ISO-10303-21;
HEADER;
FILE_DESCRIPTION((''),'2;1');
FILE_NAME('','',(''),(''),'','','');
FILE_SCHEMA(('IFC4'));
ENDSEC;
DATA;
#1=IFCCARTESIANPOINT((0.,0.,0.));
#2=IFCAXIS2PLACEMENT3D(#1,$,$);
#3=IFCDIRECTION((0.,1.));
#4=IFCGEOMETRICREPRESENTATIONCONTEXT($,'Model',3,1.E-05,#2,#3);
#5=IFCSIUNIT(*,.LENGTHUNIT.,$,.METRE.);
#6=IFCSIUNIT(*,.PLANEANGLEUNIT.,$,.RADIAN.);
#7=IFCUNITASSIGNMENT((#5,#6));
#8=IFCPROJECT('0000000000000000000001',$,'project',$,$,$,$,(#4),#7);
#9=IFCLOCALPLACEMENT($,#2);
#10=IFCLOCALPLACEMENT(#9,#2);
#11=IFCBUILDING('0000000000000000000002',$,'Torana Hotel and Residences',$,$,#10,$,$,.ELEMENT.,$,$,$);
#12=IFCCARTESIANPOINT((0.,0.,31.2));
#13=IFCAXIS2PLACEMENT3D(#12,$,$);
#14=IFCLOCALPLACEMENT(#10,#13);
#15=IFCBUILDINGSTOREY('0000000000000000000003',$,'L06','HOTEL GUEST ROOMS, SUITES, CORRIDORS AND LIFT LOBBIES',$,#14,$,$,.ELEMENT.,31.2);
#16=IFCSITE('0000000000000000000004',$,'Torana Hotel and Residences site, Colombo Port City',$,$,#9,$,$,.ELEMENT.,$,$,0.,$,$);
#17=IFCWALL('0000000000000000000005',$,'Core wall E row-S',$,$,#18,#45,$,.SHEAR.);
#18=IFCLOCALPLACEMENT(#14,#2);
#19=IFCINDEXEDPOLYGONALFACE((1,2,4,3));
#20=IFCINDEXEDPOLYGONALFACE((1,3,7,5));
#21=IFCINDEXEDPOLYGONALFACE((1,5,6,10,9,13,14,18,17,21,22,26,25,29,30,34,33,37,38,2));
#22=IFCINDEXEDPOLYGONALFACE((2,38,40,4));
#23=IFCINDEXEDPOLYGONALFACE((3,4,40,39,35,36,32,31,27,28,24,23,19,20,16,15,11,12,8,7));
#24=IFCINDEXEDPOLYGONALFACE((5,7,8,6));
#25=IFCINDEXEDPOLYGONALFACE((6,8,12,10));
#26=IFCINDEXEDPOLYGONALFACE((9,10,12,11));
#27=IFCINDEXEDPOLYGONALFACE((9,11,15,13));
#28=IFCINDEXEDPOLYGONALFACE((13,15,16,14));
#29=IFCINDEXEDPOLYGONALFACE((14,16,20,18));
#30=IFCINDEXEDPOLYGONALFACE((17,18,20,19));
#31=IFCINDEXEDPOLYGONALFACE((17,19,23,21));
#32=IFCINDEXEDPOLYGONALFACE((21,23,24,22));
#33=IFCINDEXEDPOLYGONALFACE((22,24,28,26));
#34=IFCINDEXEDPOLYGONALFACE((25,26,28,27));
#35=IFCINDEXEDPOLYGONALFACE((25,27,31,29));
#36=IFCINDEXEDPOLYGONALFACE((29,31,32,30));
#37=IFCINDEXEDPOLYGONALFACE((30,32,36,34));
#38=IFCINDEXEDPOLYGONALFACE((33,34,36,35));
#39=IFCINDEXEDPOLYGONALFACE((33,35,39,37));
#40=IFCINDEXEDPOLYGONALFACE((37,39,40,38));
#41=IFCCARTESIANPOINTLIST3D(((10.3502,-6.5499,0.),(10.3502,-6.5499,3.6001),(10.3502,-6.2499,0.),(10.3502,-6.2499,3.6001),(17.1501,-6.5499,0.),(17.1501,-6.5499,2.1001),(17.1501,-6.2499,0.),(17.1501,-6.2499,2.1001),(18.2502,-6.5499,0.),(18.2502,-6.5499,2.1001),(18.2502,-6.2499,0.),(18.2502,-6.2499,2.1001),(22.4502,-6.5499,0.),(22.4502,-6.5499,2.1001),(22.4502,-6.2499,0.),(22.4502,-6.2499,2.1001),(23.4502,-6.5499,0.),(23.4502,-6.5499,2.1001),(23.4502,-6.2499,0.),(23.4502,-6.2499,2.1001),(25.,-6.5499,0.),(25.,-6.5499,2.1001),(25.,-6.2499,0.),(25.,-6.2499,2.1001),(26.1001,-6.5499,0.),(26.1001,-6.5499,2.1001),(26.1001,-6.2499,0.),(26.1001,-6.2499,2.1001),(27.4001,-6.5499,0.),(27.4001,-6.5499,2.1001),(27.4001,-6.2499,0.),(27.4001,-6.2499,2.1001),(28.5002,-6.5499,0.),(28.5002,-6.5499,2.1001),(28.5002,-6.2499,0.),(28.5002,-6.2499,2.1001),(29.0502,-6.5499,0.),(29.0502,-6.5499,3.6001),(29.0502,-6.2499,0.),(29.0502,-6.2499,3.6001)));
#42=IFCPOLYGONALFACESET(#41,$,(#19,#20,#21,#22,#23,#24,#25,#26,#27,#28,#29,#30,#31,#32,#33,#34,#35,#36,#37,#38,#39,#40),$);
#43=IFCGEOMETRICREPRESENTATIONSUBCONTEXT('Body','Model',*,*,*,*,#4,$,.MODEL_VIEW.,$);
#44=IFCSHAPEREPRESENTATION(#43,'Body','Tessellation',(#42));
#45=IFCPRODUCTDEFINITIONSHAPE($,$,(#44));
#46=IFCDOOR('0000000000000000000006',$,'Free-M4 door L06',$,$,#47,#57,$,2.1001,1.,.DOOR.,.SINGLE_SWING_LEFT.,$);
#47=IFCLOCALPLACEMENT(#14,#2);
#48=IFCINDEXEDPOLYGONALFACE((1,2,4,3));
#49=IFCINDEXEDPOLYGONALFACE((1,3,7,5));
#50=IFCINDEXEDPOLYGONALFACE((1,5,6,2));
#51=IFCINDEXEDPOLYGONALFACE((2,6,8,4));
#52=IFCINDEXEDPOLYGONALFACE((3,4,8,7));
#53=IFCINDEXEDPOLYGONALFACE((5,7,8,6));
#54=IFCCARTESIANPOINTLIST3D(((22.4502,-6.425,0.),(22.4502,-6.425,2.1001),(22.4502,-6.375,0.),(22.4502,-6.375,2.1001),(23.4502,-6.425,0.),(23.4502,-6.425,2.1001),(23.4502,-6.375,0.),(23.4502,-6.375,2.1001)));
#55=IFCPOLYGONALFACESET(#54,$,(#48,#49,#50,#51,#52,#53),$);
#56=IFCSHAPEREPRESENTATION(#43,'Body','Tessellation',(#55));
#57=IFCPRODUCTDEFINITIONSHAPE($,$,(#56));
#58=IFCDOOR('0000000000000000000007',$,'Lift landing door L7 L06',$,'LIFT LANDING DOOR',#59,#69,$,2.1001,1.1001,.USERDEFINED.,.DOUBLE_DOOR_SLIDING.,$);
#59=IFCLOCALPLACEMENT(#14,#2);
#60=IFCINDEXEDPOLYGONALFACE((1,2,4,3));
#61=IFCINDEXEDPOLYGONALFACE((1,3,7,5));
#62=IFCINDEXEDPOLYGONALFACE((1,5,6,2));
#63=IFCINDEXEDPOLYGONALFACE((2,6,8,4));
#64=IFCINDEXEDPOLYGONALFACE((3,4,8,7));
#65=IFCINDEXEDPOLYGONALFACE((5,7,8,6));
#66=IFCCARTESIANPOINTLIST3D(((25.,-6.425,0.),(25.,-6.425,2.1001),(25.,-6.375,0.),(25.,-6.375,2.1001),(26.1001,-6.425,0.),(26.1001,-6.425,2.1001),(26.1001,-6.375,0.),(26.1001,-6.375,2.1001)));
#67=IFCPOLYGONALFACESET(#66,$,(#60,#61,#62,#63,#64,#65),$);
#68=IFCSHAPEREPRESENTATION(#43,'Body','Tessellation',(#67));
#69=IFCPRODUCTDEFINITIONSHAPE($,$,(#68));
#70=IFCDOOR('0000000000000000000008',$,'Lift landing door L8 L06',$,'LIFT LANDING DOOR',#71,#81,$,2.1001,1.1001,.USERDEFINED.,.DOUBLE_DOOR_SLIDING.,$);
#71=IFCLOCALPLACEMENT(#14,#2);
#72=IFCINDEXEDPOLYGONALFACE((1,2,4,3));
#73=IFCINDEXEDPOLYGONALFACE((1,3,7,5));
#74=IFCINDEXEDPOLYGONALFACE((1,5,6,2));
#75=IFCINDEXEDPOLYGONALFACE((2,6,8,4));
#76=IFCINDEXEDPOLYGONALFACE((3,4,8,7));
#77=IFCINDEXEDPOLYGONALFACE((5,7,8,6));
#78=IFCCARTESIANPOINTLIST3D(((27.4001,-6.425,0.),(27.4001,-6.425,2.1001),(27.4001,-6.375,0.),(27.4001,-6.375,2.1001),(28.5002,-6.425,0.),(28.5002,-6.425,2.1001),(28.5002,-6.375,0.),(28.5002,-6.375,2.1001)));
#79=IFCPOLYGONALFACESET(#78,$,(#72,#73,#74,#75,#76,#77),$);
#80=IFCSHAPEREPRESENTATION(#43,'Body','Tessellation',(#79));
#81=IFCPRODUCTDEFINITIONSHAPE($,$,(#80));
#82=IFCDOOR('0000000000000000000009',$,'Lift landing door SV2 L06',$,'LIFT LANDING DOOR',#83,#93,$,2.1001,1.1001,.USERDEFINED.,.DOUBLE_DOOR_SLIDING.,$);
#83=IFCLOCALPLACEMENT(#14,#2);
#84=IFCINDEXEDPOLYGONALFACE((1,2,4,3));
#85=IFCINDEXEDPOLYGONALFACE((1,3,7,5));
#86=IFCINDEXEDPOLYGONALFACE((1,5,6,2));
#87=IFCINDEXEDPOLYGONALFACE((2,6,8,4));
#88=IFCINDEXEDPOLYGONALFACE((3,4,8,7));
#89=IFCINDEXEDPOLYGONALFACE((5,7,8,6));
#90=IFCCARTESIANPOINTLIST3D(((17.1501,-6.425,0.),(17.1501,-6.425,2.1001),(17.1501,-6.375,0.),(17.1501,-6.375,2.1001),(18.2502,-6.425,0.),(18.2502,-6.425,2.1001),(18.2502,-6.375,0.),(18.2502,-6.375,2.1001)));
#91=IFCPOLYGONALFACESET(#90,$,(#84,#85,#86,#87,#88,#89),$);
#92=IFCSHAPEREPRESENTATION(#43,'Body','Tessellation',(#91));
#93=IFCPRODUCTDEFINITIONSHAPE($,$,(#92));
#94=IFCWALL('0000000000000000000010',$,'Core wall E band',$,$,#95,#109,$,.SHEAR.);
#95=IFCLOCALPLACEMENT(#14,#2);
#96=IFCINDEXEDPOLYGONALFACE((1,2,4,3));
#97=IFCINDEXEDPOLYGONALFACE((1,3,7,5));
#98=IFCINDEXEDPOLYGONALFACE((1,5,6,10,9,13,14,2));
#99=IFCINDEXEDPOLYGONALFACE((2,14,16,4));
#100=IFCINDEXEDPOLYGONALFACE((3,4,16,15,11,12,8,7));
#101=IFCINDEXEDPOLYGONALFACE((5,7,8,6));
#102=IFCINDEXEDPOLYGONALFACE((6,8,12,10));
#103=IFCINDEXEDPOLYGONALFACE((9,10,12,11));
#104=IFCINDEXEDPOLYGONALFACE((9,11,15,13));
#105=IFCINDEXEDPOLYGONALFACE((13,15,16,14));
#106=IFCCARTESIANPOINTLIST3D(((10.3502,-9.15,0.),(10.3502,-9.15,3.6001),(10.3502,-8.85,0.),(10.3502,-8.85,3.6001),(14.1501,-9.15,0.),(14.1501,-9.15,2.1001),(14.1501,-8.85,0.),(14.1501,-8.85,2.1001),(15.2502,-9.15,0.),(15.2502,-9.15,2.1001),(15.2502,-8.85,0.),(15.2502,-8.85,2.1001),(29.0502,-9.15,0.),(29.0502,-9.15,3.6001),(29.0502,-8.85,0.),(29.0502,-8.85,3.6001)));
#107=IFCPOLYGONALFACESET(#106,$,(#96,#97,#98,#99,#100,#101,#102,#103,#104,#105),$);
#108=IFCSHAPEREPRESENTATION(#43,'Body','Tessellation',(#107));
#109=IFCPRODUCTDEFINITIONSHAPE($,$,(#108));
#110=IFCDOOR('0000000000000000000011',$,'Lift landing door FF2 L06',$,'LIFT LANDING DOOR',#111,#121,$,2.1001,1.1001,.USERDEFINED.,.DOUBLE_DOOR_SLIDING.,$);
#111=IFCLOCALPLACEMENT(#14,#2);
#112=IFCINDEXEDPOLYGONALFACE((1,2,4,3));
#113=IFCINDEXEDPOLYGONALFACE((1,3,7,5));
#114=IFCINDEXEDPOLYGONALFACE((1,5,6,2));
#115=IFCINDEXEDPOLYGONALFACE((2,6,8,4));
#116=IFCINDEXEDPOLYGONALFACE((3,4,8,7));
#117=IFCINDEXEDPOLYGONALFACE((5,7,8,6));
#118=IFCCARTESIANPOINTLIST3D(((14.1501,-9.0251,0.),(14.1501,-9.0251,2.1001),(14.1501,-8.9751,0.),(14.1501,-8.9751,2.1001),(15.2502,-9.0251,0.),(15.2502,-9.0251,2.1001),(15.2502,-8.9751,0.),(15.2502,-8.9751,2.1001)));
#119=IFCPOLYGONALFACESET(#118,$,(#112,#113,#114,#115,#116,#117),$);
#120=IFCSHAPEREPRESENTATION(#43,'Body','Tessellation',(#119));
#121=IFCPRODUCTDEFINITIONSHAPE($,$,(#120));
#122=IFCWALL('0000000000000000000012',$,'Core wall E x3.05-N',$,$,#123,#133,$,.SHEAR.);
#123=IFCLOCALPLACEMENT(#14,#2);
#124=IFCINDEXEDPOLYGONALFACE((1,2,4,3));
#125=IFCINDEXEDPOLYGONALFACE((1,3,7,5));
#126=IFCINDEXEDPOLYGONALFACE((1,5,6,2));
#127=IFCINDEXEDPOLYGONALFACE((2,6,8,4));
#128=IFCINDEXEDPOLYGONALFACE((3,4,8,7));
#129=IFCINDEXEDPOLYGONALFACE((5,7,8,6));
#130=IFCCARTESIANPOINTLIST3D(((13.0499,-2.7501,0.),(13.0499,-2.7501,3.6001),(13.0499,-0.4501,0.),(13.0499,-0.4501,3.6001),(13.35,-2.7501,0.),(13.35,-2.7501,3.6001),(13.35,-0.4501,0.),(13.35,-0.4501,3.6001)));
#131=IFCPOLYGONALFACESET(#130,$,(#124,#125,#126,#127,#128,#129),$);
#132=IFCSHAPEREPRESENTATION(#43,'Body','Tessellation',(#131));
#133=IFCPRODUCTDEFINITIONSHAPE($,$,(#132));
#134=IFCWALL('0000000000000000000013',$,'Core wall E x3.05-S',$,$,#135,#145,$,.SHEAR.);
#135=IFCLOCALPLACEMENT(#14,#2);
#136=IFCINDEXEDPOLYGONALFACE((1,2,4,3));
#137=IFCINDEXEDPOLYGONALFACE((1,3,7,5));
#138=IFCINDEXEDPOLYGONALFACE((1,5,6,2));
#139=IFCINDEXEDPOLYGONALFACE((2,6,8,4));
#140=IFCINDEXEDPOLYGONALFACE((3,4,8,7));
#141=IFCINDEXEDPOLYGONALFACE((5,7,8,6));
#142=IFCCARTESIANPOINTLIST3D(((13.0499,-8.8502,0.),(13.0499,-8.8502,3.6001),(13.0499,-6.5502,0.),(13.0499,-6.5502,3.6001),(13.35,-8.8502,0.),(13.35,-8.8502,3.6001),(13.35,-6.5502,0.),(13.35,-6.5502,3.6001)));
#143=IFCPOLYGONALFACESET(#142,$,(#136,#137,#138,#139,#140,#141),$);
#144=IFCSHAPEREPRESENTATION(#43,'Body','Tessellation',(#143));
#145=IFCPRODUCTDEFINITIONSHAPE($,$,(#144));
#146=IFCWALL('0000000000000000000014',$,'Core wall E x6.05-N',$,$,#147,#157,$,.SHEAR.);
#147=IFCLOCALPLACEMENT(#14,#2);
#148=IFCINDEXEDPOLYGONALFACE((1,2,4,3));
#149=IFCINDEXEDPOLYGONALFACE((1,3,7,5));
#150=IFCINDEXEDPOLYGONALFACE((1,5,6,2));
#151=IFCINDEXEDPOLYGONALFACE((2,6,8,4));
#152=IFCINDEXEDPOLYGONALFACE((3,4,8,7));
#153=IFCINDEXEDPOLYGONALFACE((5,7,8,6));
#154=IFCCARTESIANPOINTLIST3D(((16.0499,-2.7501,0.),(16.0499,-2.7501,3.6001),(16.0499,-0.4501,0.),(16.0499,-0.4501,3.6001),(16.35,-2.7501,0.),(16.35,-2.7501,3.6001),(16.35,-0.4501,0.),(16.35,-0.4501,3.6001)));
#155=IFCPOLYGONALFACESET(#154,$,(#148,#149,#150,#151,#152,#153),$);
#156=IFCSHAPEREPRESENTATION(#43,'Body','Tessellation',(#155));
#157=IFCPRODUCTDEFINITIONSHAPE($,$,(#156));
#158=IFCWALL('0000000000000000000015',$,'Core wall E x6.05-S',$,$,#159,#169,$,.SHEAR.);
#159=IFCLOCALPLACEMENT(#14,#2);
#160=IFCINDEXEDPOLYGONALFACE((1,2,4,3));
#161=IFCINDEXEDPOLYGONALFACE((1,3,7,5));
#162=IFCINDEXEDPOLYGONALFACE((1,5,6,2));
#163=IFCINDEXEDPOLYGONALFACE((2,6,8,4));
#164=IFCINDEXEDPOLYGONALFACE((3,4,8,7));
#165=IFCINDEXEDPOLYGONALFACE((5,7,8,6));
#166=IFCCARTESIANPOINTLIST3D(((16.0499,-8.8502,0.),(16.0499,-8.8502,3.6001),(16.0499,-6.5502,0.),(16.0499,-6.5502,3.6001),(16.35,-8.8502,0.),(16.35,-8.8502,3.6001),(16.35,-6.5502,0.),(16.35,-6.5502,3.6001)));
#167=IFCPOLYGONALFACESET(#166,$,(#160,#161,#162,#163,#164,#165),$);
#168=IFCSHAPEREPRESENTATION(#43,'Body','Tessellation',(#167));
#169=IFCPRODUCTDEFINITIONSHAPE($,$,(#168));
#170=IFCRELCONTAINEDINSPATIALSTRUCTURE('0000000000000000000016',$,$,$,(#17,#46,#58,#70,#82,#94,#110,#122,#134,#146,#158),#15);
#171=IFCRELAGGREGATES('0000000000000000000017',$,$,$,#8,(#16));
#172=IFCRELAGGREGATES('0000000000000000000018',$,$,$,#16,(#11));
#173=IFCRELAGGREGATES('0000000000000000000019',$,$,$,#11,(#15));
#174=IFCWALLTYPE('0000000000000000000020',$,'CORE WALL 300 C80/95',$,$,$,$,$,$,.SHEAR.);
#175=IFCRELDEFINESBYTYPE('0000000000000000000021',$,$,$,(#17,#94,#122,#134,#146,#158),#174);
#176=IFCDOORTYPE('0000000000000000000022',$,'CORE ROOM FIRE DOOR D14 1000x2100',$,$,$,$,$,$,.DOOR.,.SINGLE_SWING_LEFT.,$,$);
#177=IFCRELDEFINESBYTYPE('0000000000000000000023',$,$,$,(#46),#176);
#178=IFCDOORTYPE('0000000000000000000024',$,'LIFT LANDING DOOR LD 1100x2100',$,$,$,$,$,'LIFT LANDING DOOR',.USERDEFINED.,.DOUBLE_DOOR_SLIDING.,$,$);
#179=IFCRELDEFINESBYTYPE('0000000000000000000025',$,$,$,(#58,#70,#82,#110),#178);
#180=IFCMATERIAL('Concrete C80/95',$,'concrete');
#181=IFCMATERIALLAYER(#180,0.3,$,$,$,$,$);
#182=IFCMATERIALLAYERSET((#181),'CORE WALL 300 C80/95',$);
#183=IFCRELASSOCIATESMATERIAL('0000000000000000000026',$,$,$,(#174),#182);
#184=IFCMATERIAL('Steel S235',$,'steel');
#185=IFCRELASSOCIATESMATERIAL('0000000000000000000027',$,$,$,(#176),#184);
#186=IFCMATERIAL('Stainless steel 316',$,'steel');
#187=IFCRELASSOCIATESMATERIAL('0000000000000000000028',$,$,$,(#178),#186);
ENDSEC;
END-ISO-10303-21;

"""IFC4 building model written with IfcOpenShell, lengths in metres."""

from ifc_helpers import new_model, si_unit, direction, frame, frame_2d, origin, place, context, subcontext, project, spatial, rectangle, extrude, material, layer, layer_set, type_object, element, fill, save


model = new_model("IFC4")

# Units and contexts
model_context = context("Model", 3, precision=1e-05, world=origin(), true_north=direction((0.0, 1.0)))
body_context = subcontext(model_context, "Body", "Model", "MODEL_VIEW")
ifc_project = project(units=[si_unit("LENGTHUNIT", "METRE"), si_unit("PLANEANGLEUNIT", "RADIAN")], contexts=[model_context])

# Site, building, storey
site_placement = place(None, origin())
site = spatial("IfcSite", under=ifc_project, at=site_placement, Name="Torana Hotel and Residences site, Colombo Port City", CompositionType="ELEMENT", RefElevation=0.0)
building_placement = place(site_placement, origin())
building = spatial("IfcBuilding", under=site, at=building_placement, Name="Torana Hotel and Residences", CompositionType="ELEMENT")
storey_placement = place(building_placement, frame((0.0, 0.0, 31.2)))
storey = spatial("IfcBuildingStorey", under=building, at=storey_placement, Name="L06", Description="HOTEL GUEST ROOMS, SUITES, CORRIDORS AND LIFT LOBBIES", CompositionType="ELEMENT", Elevation=31.2)

# Wall, openings, doors
ifc_material_1 = material(Name="Concrete C80/95", Category="concrete")
ifc_layer_1 = layer(ifc_material_1, 0.3)
ifc_layer_set_1 = layer_set([ifc_layer_1], Name="CORE WALL 300 C80/95")
wall_type_1 = type_object("IfcWallType", Name="CORE WALL 300 C80/95", PredefinedType="SHEAR", material=ifc_layer_set_1)
ifc_material_2 = material(Name="Steel S235", Category="steel")
door_type_1 = type_object("IfcDoorType", Name="CORE ROOM FIRE DOOR D14 1000x2100", OperationType="SINGLE_SWING_LEFT", PredefinedType="DOOR", material=ifc_material_2)
ifc_material_3 = material(Name="Stainless steel 316", Category="steel")
door_type_2 = type_object("IfcDoorType", Name="LIFT LANDING DOOR LD 1100x2100", ElementType="LIFT LANDING DOOR", OperationType="DOUBLE_DOOR_SLIDING", PredefinedType="USERDEFINED", material=ifc_material_3)
wall_1_placement = place(storey_placement, frame((10.3501, -6.3999, 0.0), z_axis=(0.0, 0.0, 1.0), x_axis=(1.0, 0.0, 0.0)))
wall_1 = element("IfcWall", 1, at=wall_1_placement, inside=storey, type_object=wall_type_1, Name="Core wall E row-S", PredefinedType="SHEAR", context=body_context, shape_type="SweptSolid", body=[
    extrude(rectangle(XDim=18.7, YDim=0.3, at=frame_2d((9.3501, 0.0))), origin(), (0.0, 0.0, 1.0), 3.6001),
])
opening_1_placement = place(wall_1_placement, frame((14.6499, 0.0, 0.0)))
opening_1 = element("IfcOpeningElement", 2, at=opening_1_placement, cuts=wall_1, PredefinedType="OPENING", context=body_context, shape_type="SweptSolid", body=[
    extrude(rectangle(XDim=1.1001, YDim=2.1001, at=frame_2d((0.55, 1.05))), frame((0.0, 0.1599, 0.0), z_axis=(0.0, -1.0, 0.0), x_axis=(1.0, 0.0, 0.0)), (0.0, 0.0, 1.0), 0.3201),
])
opening_2_placement = place(wall_1_placement, frame((17.05, 0.0, 0.0)))
opening_2 = element("IfcOpeningElement", 3, at=opening_2_placement, cuts=wall_1, PredefinedType="OPENING", context=body_context, shape_type="SweptSolid", body=[
    extrude(rectangle(XDim=1.1001, YDim=2.1001, at=frame_2d((0.55, 1.05))), frame((0.0, 0.1599, 0.0), z_axis=(0.0, -1.0, 0.0), x_axis=(1.0, 0.0, 0.0)), (0.0, 0.0, 1.0), 0.3201),
])
opening_3_placement = place(wall_1_placement, frame((6.8, 0.0, 0.0)))
opening_3 = element("IfcOpeningElement", 4, at=opening_3_placement, cuts=wall_1, PredefinedType="OPENING", context=body_context, shape_type="SweptSolid", body=[
    extrude(rectangle(XDim=1.1001, YDim=2.1001, at=frame_2d((0.55, 1.05))), frame((0.0, 0.1599, 0.0), z_axis=(0.0, -1.0, 0.0), x_axis=(1.0, 0.0, 0.0)), (0.0, 0.0, 1.0), 0.3201),
])
opening_4_placement = place(wall_1_placement, frame((12.1001, 0.0, 0.0)))
opening_4 = element("IfcOpeningElement", 5, at=opening_4_placement, cuts=wall_1, PredefinedType="OPENING", context=body_context, shape_type="SweptSolid", body=[
    extrude(rectangle(XDim=1.0, YDim=2.1001, at=frame_2d((0.5, 1.05))), frame((0.0, 0.1599, 0.0), z_axis=(0.0, -1.0, 0.0), x_axis=(1.0, 0.0, 0.0)), (0.0, 0.0, 1.0), 0.3201),
])
door_1_placement = place(opening_4_placement, frame((0.5, 0.0, 0.0), z_axis=(0.0, 0.0, 1.0), x_axis=(-1.0, 0.0, 0.0)))
door_1 = element("IfcDoor", 6, at=door_1_placement, inside=storey, type_object=door_type_1, Name="Free-M4 door L06", OperationType="SINGLE_SWING_LEFT", OverallHeight=2.1001, OverallWidth=1.0, PredefinedType="DOOR", context=body_context, shape_type="SweptSolid", body=[
    extrude(rectangle(XDim=1.0, YDim=2.1001, at=frame_2d((0.0, 1.05))), frame((0.0, -0.0249, 0.0), z_axis=(0.0, 1.0, 0.0), x_axis=(-1.0, 0.0, 0.0)), (0.0, 0.0, 1.0), 0.05),
])
fill(opening_4, door_1)
door_2_placement = place(opening_1_placement, origin())
door_2 = element("IfcDoor", 7, at=door_2_placement, inside=storey, type_object=door_type_2, Name="Lift landing door L7 L06", ObjectType="LIFT LANDING DOOR", OperationType="DOUBLE_DOOR_SLIDING", OverallHeight=2.1001, OverallWidth=1.1001, PredefinedType="USERDEFINED", context=body_context, shape_type="SweptSolid", body=[
    extrude(rectangle(XDim=1.1001, YDim=2.1001, at=frame_2d((0.55, 1.05))), frame((0.0, 0.0249, 0.0), z_axis=(0.0, -1.0, 0.0), x_axis=(1.0, 0.0, 0.0)), (0.0, 0.0, 1.0), 0.05),
])
fill(opening_1, door_2)
door_3_placement = place(opening_2_placement, origin())
door_3 = element("IfcDoor", 8, at=door_3_placement, inside=storey, type_object=door_type_2, Name="Lift landing door L8 L06", ObjectType="LIFT LANDING DOOR", OperationType="DOUBLE_DOOR_SLIDING", OverallHeight=2.1001, OverallWidth=1.1001, PredefinedType="USERDEFINED", context=body_context, shape_type="SweptSolid", body=[
    extrude(rectangle(XDim=1.1001, YDim=2.1001, at=frame_2d((0.55, 1.05))), frame((0.0, 0.0249, 0.0), z_axis=(0.0, -1.0, 0.0), x_axis=(1.0, 0.0, 0.0)), (0.0, 0.0, 1.0), 0.05),
])
fill(opening_2, door_3)
door_4_placement = place(opening_3_placement, origin())
door_4 = element("IfcDoor", 9, at=door_4_placement, inside=storey, type_object=door_type_2, Name="Lift landing door SV2 L06", ObjectType="LIFT LANDING DOOR", OperationType="DOUBLE_DOOR_SLIDING", OverallHeight=2.1001, OverallWidth=1.1001, PredefinedType="USERDEFINED", context=body_context, shape_type="SweptSolid", body=[
    extrude(rectangle(XDim=1.1001, YDim=2.1001, at=frame_2d((0.55, 1.05))), frame((0.0, 0.0249, 0.0), z_axis=(0.0, -1.0, 0.0), x_axis=(1.0, 0.0, 0.0)), (0.0, 0.0, 1.0), 0.05),
])
fill(opening_3, door_4)

# Wall, opening, door
wall_2_placement = place(storey_placement, frame((10.3501, -9.0, 0.0), z_axis=(0.0, 0.0, 1.0), x_axis=(1.0, 0.0, 0.0)))
wall_2 = element("IfcWall", 10, at=wall_2_placement, inside=storey, type_object=wall_type_1, Name="Core wall E band", PredefinedType="SHEAR", context=body_context, shape_type="SweptSolid", body=[
    extrude(rectangle(XDim=18.7, YDim=0.3, at=frame_2d((9.3501, 0.0))), origin(), (0.0, 0.0, 1.0), 3.6001),
])
opening_5_placement = place(wall_2_placement, frame((3.8, 0.0, 0.0)))
opening_5 = element("IfcOpeningElement", 11, at=opening_5_placement, cuts=wall_2, PredefinedType="OPENING", context=body_context, shape_type="SweptSolid", body=[
    extrude(rectangle(XDim=1.1001, YDim=2.1001, at=frame_2d((0.55, 1.05))), frame((0.0, 0.1599, 0.0), z_axis=(0.0, -1.0, 0.0), x_axis=(1.0, 0.0, 0.0)), (0.0, 0.0, 1.0), 0.3201),
])
door_5_placement = place(opening_5_placement, origin())
door_5 = element("IfcDoor", 12, at=door_5_placement, inside=storey, type_object=door_type_2, Name="Lift landing door FF2 L06", ObjectType="LIFT LANDING DOOR", OperationType="DOUBLE_DOOR_SLIDING", OverallHeight=2.1001, OverallWidth=1.1001, PredefinedType="USERDEFINED", context=body_context, shape_type="SweptSolid", body=[
    extrude(rectangle(XDim=1.1001, YDim=2.1001, at=frame_2d((0.55, 1.05))), frame((0.0, 0.0249, 0.0), z_axis=(0.0, -1.0, 0.0), x_axis=(1.0, 0.0, 0.0)), (0.0, 0.0, 1.0), 0.05),
])
fill(opening_5, door_5)

# Walls
for number, where, z_axis, x_axis, name in (
    (13, (13.2, -2.75, 0.0), (0.0, 0.0, 1.0), (0.0, 1.0, 0.0), "Core wall E x3.05-N"),
    (14, (13.2, -8.8501, 0.0), (0.0, 0.0, 1.0), (0.0, 1.0, 0.0), "Core wall E x3.05-S"),
    (15, (16.2, -2.75, 0.0), (0.0, 0.0, 1.0), (0.0, 1.0, 0.0), "Core wall E x6.05-N"),
    (16, (16.2, -8.8501, 0.0), (0.0, 0.0, 1.0), (0.0, 1.0, 0.0), "Core wall E x6.05-S"),
):
    element("IfcWall", number, at=place(storey_placement, frame(where, z_axis=z_axis, x_axis=x_axis)), inside=storey, type_object=wall_type_1, Name=name, PredefinedType="SHEAR", context=body_context, shape_type="SweptSolid", body=[
        extrude(rectangle(XDim=2.3, YDim=0.3, at=frame_2d((1.1499, 0.0))), origin(), (0.0, 0.0, 1.0), 3.6001),
    ])

save(model, "model.ifc")
